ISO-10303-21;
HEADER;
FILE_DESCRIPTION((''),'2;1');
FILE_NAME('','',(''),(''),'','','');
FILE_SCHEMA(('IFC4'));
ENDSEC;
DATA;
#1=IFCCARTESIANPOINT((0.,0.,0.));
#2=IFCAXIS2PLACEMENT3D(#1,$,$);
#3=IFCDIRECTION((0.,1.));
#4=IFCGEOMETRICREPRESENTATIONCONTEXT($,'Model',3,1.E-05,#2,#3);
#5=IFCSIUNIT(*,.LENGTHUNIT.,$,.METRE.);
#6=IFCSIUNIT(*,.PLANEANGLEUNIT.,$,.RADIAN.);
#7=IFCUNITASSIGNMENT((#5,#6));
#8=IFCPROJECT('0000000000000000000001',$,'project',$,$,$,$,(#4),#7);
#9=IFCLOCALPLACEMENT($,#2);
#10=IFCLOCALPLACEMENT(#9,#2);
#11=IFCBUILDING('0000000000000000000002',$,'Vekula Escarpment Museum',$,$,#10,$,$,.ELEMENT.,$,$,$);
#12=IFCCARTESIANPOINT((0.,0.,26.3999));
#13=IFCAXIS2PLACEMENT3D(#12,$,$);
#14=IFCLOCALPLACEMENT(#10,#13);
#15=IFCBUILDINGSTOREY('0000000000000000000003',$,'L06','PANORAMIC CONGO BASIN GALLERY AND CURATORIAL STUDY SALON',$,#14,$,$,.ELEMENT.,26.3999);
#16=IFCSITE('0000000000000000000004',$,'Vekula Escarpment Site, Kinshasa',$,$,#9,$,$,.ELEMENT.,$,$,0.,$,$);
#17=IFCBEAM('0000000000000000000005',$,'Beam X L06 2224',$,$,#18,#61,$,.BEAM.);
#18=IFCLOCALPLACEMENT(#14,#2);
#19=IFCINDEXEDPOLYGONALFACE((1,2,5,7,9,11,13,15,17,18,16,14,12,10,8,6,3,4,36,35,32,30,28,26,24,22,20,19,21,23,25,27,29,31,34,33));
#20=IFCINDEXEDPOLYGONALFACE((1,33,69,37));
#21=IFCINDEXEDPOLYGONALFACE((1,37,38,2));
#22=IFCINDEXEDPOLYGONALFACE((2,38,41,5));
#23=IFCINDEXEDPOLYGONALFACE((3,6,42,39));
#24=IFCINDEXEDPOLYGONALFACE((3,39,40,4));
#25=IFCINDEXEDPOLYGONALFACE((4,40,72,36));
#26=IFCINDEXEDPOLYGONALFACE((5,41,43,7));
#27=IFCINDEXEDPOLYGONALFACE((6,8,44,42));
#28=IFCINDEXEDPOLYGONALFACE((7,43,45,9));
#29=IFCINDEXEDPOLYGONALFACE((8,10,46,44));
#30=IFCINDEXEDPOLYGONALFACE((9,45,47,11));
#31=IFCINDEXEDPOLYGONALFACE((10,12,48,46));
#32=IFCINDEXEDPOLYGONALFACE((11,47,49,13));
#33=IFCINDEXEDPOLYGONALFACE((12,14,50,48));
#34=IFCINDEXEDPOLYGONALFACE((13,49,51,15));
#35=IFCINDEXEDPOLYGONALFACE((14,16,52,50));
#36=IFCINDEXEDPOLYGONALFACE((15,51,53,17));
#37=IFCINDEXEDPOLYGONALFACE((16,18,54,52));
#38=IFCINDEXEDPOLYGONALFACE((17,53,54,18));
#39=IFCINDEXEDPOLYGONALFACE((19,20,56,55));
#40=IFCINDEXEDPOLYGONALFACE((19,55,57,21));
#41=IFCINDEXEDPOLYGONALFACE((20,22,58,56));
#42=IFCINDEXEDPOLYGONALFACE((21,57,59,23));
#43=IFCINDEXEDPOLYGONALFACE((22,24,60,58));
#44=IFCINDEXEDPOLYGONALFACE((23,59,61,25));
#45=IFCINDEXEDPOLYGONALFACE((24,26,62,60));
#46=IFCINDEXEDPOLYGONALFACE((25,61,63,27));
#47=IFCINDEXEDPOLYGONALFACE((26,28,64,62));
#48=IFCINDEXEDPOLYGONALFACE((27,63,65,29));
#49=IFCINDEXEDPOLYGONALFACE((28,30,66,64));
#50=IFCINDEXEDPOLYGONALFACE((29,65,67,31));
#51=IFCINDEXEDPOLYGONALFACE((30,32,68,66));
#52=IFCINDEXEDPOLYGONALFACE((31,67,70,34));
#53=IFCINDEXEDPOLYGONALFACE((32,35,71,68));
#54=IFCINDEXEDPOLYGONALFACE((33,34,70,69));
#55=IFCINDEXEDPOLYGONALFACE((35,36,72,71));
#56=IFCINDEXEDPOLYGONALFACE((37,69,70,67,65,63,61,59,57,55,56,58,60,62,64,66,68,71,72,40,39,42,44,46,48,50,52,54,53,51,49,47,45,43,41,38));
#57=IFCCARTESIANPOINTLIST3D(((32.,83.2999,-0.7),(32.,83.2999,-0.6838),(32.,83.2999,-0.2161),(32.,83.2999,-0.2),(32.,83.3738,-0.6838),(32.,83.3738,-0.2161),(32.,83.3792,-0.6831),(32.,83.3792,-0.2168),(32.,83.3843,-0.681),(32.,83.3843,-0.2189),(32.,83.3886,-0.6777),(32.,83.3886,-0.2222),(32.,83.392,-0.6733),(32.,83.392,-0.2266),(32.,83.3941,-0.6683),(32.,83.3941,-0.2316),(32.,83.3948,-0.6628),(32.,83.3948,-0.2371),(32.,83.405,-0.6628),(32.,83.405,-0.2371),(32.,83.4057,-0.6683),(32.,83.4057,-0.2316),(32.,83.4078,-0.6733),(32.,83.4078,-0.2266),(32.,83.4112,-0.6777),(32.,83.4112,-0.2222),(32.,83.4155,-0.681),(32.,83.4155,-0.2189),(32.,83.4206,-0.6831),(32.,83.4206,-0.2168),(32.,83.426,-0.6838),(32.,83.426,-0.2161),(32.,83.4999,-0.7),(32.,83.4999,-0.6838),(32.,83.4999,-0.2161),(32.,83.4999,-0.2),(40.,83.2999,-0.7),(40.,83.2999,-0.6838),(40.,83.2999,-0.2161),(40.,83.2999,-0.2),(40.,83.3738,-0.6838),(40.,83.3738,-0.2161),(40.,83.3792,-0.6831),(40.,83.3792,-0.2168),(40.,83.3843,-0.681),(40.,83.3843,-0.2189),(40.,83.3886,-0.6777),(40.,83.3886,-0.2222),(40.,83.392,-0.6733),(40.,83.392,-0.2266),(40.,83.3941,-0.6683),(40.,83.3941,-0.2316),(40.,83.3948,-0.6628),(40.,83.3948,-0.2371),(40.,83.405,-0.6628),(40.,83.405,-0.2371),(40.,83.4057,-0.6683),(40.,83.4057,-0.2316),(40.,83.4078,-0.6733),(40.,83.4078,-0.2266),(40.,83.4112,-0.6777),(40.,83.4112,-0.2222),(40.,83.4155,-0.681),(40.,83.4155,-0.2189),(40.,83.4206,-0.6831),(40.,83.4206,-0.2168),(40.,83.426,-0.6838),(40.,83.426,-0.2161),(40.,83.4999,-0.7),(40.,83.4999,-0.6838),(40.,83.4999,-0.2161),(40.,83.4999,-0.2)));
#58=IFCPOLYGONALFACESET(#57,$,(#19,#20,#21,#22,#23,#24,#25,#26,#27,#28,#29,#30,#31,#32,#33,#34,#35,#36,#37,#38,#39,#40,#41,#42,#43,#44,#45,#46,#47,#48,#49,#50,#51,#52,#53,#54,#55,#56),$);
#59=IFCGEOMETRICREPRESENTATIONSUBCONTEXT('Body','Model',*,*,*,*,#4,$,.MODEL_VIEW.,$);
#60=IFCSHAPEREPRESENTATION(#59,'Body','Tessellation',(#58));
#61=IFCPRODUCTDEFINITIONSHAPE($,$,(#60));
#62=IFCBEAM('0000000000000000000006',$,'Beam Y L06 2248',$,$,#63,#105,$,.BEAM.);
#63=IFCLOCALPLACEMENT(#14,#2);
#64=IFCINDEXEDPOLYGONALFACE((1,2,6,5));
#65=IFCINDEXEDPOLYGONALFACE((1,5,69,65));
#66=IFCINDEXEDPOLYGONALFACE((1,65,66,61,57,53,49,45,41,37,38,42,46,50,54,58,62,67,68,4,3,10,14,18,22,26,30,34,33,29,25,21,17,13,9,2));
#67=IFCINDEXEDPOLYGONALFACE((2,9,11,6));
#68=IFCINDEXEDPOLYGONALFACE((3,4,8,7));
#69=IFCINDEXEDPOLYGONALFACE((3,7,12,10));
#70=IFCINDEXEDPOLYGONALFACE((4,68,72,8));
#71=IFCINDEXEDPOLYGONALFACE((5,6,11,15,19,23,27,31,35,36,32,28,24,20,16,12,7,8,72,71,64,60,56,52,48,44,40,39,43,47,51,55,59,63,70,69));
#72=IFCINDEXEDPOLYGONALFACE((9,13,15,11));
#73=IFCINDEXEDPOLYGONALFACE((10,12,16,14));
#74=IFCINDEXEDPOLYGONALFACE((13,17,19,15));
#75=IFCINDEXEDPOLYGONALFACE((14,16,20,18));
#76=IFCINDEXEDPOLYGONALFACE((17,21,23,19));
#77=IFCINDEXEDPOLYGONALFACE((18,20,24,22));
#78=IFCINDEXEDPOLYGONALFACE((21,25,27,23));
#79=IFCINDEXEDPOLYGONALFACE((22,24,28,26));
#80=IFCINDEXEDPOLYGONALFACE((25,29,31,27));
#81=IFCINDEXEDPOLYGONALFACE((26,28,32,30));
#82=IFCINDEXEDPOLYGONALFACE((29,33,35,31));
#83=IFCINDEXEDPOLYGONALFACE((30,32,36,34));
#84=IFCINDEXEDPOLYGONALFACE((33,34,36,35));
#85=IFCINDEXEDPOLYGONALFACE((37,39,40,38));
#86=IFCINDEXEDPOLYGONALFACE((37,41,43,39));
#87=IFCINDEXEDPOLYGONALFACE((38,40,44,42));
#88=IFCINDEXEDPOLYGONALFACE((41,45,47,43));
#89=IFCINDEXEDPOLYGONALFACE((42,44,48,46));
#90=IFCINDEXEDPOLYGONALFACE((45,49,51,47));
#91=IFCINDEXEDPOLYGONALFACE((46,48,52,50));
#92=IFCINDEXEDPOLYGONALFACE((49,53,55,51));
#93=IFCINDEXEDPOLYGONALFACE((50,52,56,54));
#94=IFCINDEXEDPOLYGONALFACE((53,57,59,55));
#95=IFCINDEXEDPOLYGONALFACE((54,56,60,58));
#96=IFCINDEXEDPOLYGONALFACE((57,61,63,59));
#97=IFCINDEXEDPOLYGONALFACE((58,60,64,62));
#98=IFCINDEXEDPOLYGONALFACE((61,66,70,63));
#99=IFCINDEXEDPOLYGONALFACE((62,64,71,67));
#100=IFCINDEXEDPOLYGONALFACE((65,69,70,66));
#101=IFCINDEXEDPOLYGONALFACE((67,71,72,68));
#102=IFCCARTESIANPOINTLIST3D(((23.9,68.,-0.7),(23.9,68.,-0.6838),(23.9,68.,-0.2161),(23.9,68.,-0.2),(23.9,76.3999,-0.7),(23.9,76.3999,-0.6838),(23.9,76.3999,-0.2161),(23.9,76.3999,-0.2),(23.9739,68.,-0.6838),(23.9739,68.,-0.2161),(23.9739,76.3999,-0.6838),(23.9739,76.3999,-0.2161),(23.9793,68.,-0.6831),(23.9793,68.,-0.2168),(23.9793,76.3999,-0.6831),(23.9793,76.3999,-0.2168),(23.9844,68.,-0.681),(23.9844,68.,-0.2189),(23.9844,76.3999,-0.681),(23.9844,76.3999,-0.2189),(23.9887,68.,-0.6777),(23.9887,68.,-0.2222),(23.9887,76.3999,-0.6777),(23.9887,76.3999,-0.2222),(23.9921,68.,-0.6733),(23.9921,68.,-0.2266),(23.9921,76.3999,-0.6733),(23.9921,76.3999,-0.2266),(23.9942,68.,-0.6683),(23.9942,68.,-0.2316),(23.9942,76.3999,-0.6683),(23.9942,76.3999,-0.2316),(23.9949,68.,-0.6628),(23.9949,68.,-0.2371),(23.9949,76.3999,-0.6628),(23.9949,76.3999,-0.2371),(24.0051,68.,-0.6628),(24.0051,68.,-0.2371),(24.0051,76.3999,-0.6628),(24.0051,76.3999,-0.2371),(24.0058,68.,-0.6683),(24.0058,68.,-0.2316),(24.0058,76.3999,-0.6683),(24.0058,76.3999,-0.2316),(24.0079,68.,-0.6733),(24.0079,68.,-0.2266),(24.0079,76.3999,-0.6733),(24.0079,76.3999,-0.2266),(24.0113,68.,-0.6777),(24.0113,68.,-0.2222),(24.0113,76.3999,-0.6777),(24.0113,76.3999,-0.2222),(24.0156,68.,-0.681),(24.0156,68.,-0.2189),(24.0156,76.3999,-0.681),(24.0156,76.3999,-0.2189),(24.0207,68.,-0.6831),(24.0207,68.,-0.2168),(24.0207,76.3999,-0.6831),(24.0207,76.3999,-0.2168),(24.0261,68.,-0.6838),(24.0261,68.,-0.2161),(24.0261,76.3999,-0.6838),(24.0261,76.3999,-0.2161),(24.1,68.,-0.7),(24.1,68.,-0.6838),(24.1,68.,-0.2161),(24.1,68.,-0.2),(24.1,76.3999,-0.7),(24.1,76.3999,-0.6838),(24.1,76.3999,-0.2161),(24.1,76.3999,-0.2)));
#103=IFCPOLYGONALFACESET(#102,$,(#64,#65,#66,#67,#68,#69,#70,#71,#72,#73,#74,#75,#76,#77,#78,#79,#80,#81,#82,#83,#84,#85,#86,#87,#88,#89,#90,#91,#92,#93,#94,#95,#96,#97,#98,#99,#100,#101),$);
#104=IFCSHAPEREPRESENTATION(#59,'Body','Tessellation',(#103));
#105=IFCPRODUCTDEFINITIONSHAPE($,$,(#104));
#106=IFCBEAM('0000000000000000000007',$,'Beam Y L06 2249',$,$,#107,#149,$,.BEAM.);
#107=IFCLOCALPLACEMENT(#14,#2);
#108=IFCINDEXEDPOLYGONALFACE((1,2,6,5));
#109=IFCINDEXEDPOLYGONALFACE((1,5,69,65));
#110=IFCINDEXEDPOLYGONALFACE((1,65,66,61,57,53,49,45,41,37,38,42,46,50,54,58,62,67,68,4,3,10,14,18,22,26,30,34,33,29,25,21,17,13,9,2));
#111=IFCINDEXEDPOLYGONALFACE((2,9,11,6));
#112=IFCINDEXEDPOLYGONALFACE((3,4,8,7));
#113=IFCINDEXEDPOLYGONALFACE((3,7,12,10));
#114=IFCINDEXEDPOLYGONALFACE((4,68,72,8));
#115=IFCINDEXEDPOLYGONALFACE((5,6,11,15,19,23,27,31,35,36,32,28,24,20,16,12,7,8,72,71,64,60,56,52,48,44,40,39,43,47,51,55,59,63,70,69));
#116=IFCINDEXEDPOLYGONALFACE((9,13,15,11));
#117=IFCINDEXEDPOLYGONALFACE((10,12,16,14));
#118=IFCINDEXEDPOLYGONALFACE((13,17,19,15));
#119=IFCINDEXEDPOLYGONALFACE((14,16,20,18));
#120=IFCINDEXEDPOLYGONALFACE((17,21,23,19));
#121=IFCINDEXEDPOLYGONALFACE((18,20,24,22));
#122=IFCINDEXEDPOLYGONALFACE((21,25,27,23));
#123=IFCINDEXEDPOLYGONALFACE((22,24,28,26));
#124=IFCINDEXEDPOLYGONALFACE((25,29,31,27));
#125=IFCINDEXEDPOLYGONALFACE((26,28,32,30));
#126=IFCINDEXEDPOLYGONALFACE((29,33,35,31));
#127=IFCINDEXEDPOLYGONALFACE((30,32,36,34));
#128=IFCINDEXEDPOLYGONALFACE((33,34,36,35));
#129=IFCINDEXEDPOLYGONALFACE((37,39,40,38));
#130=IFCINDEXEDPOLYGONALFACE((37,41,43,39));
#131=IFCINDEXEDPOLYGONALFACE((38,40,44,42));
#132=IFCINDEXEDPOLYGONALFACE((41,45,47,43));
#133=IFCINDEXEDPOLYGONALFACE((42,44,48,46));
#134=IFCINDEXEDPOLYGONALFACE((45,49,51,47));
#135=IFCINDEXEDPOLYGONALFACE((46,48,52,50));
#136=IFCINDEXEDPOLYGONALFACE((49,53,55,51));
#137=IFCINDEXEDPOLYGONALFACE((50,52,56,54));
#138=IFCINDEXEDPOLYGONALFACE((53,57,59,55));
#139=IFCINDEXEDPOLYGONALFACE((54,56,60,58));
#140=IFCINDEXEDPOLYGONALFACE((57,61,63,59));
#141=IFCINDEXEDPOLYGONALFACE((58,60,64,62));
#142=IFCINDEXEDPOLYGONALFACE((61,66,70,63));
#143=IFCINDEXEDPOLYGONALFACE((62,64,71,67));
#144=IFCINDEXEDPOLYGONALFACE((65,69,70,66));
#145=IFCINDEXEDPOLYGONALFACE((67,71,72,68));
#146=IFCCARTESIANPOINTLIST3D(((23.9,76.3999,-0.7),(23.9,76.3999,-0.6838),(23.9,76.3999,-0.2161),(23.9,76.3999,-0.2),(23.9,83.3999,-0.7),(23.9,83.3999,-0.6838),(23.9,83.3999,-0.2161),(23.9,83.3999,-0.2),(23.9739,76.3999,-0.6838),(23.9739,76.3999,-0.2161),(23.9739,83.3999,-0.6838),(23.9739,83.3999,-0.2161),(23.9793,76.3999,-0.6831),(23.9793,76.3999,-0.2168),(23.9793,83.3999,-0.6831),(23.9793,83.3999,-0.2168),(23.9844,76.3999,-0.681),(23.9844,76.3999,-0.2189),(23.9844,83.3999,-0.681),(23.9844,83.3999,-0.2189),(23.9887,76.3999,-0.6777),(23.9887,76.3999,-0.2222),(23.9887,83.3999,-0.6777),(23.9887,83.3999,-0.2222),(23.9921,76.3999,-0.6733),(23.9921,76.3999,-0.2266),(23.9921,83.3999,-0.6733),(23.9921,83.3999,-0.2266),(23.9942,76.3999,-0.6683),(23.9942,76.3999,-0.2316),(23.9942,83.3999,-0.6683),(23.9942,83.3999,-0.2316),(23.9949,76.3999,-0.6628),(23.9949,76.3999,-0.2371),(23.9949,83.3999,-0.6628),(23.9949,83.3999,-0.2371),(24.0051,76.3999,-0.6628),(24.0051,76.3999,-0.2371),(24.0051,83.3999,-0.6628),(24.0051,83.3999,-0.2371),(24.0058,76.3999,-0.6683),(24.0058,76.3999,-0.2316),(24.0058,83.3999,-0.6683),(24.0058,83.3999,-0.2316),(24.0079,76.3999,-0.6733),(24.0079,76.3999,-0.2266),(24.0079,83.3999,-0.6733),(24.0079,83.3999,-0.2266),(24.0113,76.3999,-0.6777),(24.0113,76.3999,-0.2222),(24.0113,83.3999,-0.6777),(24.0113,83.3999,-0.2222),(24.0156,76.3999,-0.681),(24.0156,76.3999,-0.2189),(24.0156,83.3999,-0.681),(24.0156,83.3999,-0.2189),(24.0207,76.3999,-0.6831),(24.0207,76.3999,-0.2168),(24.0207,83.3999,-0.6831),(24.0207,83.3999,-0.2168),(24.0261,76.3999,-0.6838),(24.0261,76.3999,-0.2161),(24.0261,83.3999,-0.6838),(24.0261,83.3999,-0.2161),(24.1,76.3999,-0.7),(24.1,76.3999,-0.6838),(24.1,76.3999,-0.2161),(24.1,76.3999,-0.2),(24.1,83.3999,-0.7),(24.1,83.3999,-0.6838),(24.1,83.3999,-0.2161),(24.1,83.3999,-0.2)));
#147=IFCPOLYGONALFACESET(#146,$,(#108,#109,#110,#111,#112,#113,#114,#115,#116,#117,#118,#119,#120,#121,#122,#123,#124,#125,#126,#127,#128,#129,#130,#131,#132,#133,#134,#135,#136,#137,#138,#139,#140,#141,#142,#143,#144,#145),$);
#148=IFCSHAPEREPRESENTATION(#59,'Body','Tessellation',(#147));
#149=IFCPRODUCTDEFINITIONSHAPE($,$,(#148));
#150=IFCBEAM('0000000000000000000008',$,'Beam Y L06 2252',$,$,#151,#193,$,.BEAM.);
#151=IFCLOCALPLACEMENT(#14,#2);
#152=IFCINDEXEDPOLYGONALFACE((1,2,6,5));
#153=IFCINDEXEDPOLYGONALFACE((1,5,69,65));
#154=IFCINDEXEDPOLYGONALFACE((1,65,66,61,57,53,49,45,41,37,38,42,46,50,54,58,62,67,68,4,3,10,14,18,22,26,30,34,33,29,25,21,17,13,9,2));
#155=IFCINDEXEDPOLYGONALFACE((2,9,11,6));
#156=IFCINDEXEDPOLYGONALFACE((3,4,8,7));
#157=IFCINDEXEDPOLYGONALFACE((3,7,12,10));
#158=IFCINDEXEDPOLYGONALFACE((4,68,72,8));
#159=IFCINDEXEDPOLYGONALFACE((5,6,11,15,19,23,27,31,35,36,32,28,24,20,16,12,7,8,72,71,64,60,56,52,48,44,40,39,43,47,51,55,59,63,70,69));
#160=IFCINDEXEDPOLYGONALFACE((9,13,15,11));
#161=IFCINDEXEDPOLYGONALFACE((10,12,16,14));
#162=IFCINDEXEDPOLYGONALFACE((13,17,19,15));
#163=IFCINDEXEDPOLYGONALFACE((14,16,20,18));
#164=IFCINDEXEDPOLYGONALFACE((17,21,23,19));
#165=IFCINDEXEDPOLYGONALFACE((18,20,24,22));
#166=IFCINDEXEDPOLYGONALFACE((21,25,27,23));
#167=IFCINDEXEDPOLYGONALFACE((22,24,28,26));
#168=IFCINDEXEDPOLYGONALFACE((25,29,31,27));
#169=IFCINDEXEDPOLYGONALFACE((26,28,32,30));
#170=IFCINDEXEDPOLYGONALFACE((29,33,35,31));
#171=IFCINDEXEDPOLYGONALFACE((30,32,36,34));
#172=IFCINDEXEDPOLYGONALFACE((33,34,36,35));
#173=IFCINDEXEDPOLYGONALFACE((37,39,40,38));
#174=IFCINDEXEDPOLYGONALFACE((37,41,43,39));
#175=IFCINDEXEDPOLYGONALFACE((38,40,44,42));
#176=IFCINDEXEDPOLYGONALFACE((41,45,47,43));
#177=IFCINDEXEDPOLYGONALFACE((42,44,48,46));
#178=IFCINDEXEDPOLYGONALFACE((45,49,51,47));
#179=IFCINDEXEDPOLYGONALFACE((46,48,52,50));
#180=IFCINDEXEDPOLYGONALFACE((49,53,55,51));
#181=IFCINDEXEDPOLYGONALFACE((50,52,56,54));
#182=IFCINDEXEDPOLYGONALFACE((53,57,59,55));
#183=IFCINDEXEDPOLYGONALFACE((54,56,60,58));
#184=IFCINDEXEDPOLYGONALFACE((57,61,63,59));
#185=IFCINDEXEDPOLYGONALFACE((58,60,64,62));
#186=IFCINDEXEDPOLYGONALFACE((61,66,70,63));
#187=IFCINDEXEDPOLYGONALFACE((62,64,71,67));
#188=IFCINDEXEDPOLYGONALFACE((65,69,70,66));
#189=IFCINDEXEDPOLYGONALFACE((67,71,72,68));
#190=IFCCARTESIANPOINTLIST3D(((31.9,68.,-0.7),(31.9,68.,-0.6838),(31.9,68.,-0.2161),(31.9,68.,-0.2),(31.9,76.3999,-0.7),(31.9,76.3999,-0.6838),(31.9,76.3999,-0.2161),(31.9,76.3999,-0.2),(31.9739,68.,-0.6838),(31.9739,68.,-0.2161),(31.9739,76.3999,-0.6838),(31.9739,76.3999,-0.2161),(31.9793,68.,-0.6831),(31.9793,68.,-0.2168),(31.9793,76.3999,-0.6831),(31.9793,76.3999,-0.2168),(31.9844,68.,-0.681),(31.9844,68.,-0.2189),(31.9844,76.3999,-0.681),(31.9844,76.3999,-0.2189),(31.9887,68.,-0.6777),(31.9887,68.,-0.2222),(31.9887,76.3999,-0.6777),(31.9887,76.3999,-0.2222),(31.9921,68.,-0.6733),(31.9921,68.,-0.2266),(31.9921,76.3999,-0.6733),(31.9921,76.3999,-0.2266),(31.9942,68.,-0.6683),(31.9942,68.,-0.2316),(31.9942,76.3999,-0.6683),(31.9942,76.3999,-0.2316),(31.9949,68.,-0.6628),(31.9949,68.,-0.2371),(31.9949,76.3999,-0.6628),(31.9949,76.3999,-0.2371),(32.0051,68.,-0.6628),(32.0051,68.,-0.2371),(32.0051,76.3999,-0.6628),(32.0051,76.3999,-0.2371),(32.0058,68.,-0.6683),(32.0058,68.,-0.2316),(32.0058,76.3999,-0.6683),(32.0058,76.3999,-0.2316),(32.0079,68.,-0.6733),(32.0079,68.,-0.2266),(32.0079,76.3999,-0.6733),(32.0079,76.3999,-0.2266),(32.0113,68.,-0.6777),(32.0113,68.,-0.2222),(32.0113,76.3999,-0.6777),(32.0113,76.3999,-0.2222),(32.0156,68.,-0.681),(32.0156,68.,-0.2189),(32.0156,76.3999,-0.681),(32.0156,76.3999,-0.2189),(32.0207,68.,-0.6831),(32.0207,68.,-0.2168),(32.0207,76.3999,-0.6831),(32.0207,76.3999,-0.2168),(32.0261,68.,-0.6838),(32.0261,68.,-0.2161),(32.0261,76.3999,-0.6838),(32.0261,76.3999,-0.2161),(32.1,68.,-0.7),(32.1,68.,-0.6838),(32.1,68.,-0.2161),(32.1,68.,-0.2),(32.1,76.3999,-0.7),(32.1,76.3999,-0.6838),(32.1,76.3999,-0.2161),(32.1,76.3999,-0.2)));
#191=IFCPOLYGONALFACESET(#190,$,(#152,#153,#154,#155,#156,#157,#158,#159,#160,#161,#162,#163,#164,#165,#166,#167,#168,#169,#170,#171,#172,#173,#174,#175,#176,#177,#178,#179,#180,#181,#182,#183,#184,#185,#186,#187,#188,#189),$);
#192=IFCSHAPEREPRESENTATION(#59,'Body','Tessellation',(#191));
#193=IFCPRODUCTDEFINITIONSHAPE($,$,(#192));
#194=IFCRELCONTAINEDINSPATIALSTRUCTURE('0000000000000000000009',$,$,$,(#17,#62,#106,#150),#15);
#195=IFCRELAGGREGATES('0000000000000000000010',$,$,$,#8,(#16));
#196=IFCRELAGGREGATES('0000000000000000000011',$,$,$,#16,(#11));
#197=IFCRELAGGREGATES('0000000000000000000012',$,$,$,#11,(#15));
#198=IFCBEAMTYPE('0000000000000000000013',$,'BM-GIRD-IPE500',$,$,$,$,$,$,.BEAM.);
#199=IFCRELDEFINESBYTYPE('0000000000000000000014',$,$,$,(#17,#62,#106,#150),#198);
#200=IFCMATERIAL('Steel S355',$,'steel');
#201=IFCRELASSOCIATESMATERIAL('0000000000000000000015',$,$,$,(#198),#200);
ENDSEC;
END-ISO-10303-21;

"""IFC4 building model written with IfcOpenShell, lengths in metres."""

from ifc_helpers import new_model, si_unit, direction, frame, origin, origin_2d, place, context, subcontext, project, spatial, i_section, extrude, material, material_profile, profile_set, type_object, element, save


model = new_model("IFC4")

# Units and contexts
model_context = context("Model", 3, precision=1e-05, world=origin(), true_north=direction((0.0, 1.0)))
body_context = subcontext(model_context, "Body", "Model", "MODEL_VIEW")
ifc_project = project(units=[si_unit("LENGTHUNIT", "METRE"), si_unit("PLANEANGLEUNIT", "RADIAN")], contexts=[model_context])

# Site, building, storey
site_placement = place(None, origin())
site = spatial("IfcSite", under=ifc_project, at=site_placement, Name="Vekula Escarpment Site, Kinshasa", CompositionType="ELEMENT", RefElevation=0.0)
building_placement = place(site_placement, origin())
building = spatial("IfcBuilding", under=site, at=building_placement, Name="Vekula Escarpment Museum", CompositionType="ELEMENT")
storey_placement = place(building_placement, frame((0.0, 0.0, 26.3999)))
storey = spatial("IfcBuildingStorey", under=building, at=storey_placement, Name="L06", Description="PANORAMIC CONGO BASIN GALLERY AND CURATORIAL STUDY SALON", CompositionType="ELEMENT", Elevation=26.3999)

# Beams
ifc_material_1 = material(Name="Steel S355", Category="steel")
ifc_material_profile_1 = material_profile(ifc_material_1, i_section(OverallWidth=0.2, OverallDepth=0.5, WebThickness=0.0103, FlangeThickness=0.0161, FilletRadius=0.021, at=origin_2d()), Name="IPE 500")
ifc_profile_set_1 = profile_set([ifc_material_profile_1], Name="Steel S355")
beam_type_1 = type_object("IfcBeamType", Name="BM-GIRD-IPE500", PredefinedType="BEAM", material=ifc_profile_set_1)
beam_1_placement = place(storey_placement, frame((32.0, 83.3999, -0.45), z_axis=(1.0, 0.0, 0.0), x_axis=(0.0, 1.0, 0.0)))
element("IfcBeam", 1, at=beam_1_placement, inside=storey, type_object=beam_type_1, Name="Beam X L06 2224", PredefinedType="BEAM", context=body_context, shape_type="SweptSolid", body=[
    extrude(i_section(OverallWidth=0.2, OverallDepth=0.5, WebThickness=0.0103, FlangeThickness=0.0161, FilletRadius=0.021, at=origin_2d()), origin(), (0.0, 0.0, 1.0), 8.0),
])
beam_2_placement = place(storey_placement, frame((24.0, 68.0, -0.45), z_axis=(0.0, 1.0, 0.0), x_axis=(-1.0, 0.0, 0.0)))
element("IfcBeam", 2, at=beam_2_placement, inside=storey, type_object=beam_type_1, Name="Beam Y L06 2248", PredefinedType="BEAM", context=body_context, shape_type="SweptSolid", body=[
    extrude(i_section(OverallWidth=0.2, OverallDepth=0.5, WebThickness=0.0103, FlangeThickness=0.0161, FilletRadius=0.021, at=origin_2d()), origin(), (0.0, 0.0, 1.0), 8.3999),
])
beam_3_placement = place(storey_placement, frame((24.0, 76.3999, -0.45), z_axis=(0.0, 1.0, 0.0), x_axis=(-1.0, 0.0, 0.0)))
element("IfcBeam", 3, at=beam_3_placement, inside=storey, type_object=beam_type_1, Name="Beam Y L06 2249", PredefinedType="BEAM", context=body_context, shape_type="SweptSolid", body=[
    extrude(i_section(OverallWidth=0.2, OverallDepth=0.5, WebThickness=0.0103, FlangeThickness=0.0161, FilletRadius=0.021, at=origin_2d()), origin(), (0.0, 0.0, 1.0), 7.0),
])
beam_4_placement = place(storey_placement, frame((32.0, 68.0, -0.45), z_axis=(0.0, 1.0, 0.0), x_axis=(-1.0, 0.0, 0.0)))
element("IfcBeam", 4, at=beam_4_placement, inside=storey, type_object=beam_type_1, Name="Beam Y L06 2252", PredefinedType="BEAM", context=body_context, shape_type="SweptSolid", body=[
    extrude(i_section(OverallWidth=0.2, OverallDepth=0.5, WebThickness=0.0103, FlangeThickness=0.0161, FilletRadius=0.021, at=origin_2d()), origin(), (0.0, 0.0, 1.0), 8.3999),
])

save(model, "model.ifc")
